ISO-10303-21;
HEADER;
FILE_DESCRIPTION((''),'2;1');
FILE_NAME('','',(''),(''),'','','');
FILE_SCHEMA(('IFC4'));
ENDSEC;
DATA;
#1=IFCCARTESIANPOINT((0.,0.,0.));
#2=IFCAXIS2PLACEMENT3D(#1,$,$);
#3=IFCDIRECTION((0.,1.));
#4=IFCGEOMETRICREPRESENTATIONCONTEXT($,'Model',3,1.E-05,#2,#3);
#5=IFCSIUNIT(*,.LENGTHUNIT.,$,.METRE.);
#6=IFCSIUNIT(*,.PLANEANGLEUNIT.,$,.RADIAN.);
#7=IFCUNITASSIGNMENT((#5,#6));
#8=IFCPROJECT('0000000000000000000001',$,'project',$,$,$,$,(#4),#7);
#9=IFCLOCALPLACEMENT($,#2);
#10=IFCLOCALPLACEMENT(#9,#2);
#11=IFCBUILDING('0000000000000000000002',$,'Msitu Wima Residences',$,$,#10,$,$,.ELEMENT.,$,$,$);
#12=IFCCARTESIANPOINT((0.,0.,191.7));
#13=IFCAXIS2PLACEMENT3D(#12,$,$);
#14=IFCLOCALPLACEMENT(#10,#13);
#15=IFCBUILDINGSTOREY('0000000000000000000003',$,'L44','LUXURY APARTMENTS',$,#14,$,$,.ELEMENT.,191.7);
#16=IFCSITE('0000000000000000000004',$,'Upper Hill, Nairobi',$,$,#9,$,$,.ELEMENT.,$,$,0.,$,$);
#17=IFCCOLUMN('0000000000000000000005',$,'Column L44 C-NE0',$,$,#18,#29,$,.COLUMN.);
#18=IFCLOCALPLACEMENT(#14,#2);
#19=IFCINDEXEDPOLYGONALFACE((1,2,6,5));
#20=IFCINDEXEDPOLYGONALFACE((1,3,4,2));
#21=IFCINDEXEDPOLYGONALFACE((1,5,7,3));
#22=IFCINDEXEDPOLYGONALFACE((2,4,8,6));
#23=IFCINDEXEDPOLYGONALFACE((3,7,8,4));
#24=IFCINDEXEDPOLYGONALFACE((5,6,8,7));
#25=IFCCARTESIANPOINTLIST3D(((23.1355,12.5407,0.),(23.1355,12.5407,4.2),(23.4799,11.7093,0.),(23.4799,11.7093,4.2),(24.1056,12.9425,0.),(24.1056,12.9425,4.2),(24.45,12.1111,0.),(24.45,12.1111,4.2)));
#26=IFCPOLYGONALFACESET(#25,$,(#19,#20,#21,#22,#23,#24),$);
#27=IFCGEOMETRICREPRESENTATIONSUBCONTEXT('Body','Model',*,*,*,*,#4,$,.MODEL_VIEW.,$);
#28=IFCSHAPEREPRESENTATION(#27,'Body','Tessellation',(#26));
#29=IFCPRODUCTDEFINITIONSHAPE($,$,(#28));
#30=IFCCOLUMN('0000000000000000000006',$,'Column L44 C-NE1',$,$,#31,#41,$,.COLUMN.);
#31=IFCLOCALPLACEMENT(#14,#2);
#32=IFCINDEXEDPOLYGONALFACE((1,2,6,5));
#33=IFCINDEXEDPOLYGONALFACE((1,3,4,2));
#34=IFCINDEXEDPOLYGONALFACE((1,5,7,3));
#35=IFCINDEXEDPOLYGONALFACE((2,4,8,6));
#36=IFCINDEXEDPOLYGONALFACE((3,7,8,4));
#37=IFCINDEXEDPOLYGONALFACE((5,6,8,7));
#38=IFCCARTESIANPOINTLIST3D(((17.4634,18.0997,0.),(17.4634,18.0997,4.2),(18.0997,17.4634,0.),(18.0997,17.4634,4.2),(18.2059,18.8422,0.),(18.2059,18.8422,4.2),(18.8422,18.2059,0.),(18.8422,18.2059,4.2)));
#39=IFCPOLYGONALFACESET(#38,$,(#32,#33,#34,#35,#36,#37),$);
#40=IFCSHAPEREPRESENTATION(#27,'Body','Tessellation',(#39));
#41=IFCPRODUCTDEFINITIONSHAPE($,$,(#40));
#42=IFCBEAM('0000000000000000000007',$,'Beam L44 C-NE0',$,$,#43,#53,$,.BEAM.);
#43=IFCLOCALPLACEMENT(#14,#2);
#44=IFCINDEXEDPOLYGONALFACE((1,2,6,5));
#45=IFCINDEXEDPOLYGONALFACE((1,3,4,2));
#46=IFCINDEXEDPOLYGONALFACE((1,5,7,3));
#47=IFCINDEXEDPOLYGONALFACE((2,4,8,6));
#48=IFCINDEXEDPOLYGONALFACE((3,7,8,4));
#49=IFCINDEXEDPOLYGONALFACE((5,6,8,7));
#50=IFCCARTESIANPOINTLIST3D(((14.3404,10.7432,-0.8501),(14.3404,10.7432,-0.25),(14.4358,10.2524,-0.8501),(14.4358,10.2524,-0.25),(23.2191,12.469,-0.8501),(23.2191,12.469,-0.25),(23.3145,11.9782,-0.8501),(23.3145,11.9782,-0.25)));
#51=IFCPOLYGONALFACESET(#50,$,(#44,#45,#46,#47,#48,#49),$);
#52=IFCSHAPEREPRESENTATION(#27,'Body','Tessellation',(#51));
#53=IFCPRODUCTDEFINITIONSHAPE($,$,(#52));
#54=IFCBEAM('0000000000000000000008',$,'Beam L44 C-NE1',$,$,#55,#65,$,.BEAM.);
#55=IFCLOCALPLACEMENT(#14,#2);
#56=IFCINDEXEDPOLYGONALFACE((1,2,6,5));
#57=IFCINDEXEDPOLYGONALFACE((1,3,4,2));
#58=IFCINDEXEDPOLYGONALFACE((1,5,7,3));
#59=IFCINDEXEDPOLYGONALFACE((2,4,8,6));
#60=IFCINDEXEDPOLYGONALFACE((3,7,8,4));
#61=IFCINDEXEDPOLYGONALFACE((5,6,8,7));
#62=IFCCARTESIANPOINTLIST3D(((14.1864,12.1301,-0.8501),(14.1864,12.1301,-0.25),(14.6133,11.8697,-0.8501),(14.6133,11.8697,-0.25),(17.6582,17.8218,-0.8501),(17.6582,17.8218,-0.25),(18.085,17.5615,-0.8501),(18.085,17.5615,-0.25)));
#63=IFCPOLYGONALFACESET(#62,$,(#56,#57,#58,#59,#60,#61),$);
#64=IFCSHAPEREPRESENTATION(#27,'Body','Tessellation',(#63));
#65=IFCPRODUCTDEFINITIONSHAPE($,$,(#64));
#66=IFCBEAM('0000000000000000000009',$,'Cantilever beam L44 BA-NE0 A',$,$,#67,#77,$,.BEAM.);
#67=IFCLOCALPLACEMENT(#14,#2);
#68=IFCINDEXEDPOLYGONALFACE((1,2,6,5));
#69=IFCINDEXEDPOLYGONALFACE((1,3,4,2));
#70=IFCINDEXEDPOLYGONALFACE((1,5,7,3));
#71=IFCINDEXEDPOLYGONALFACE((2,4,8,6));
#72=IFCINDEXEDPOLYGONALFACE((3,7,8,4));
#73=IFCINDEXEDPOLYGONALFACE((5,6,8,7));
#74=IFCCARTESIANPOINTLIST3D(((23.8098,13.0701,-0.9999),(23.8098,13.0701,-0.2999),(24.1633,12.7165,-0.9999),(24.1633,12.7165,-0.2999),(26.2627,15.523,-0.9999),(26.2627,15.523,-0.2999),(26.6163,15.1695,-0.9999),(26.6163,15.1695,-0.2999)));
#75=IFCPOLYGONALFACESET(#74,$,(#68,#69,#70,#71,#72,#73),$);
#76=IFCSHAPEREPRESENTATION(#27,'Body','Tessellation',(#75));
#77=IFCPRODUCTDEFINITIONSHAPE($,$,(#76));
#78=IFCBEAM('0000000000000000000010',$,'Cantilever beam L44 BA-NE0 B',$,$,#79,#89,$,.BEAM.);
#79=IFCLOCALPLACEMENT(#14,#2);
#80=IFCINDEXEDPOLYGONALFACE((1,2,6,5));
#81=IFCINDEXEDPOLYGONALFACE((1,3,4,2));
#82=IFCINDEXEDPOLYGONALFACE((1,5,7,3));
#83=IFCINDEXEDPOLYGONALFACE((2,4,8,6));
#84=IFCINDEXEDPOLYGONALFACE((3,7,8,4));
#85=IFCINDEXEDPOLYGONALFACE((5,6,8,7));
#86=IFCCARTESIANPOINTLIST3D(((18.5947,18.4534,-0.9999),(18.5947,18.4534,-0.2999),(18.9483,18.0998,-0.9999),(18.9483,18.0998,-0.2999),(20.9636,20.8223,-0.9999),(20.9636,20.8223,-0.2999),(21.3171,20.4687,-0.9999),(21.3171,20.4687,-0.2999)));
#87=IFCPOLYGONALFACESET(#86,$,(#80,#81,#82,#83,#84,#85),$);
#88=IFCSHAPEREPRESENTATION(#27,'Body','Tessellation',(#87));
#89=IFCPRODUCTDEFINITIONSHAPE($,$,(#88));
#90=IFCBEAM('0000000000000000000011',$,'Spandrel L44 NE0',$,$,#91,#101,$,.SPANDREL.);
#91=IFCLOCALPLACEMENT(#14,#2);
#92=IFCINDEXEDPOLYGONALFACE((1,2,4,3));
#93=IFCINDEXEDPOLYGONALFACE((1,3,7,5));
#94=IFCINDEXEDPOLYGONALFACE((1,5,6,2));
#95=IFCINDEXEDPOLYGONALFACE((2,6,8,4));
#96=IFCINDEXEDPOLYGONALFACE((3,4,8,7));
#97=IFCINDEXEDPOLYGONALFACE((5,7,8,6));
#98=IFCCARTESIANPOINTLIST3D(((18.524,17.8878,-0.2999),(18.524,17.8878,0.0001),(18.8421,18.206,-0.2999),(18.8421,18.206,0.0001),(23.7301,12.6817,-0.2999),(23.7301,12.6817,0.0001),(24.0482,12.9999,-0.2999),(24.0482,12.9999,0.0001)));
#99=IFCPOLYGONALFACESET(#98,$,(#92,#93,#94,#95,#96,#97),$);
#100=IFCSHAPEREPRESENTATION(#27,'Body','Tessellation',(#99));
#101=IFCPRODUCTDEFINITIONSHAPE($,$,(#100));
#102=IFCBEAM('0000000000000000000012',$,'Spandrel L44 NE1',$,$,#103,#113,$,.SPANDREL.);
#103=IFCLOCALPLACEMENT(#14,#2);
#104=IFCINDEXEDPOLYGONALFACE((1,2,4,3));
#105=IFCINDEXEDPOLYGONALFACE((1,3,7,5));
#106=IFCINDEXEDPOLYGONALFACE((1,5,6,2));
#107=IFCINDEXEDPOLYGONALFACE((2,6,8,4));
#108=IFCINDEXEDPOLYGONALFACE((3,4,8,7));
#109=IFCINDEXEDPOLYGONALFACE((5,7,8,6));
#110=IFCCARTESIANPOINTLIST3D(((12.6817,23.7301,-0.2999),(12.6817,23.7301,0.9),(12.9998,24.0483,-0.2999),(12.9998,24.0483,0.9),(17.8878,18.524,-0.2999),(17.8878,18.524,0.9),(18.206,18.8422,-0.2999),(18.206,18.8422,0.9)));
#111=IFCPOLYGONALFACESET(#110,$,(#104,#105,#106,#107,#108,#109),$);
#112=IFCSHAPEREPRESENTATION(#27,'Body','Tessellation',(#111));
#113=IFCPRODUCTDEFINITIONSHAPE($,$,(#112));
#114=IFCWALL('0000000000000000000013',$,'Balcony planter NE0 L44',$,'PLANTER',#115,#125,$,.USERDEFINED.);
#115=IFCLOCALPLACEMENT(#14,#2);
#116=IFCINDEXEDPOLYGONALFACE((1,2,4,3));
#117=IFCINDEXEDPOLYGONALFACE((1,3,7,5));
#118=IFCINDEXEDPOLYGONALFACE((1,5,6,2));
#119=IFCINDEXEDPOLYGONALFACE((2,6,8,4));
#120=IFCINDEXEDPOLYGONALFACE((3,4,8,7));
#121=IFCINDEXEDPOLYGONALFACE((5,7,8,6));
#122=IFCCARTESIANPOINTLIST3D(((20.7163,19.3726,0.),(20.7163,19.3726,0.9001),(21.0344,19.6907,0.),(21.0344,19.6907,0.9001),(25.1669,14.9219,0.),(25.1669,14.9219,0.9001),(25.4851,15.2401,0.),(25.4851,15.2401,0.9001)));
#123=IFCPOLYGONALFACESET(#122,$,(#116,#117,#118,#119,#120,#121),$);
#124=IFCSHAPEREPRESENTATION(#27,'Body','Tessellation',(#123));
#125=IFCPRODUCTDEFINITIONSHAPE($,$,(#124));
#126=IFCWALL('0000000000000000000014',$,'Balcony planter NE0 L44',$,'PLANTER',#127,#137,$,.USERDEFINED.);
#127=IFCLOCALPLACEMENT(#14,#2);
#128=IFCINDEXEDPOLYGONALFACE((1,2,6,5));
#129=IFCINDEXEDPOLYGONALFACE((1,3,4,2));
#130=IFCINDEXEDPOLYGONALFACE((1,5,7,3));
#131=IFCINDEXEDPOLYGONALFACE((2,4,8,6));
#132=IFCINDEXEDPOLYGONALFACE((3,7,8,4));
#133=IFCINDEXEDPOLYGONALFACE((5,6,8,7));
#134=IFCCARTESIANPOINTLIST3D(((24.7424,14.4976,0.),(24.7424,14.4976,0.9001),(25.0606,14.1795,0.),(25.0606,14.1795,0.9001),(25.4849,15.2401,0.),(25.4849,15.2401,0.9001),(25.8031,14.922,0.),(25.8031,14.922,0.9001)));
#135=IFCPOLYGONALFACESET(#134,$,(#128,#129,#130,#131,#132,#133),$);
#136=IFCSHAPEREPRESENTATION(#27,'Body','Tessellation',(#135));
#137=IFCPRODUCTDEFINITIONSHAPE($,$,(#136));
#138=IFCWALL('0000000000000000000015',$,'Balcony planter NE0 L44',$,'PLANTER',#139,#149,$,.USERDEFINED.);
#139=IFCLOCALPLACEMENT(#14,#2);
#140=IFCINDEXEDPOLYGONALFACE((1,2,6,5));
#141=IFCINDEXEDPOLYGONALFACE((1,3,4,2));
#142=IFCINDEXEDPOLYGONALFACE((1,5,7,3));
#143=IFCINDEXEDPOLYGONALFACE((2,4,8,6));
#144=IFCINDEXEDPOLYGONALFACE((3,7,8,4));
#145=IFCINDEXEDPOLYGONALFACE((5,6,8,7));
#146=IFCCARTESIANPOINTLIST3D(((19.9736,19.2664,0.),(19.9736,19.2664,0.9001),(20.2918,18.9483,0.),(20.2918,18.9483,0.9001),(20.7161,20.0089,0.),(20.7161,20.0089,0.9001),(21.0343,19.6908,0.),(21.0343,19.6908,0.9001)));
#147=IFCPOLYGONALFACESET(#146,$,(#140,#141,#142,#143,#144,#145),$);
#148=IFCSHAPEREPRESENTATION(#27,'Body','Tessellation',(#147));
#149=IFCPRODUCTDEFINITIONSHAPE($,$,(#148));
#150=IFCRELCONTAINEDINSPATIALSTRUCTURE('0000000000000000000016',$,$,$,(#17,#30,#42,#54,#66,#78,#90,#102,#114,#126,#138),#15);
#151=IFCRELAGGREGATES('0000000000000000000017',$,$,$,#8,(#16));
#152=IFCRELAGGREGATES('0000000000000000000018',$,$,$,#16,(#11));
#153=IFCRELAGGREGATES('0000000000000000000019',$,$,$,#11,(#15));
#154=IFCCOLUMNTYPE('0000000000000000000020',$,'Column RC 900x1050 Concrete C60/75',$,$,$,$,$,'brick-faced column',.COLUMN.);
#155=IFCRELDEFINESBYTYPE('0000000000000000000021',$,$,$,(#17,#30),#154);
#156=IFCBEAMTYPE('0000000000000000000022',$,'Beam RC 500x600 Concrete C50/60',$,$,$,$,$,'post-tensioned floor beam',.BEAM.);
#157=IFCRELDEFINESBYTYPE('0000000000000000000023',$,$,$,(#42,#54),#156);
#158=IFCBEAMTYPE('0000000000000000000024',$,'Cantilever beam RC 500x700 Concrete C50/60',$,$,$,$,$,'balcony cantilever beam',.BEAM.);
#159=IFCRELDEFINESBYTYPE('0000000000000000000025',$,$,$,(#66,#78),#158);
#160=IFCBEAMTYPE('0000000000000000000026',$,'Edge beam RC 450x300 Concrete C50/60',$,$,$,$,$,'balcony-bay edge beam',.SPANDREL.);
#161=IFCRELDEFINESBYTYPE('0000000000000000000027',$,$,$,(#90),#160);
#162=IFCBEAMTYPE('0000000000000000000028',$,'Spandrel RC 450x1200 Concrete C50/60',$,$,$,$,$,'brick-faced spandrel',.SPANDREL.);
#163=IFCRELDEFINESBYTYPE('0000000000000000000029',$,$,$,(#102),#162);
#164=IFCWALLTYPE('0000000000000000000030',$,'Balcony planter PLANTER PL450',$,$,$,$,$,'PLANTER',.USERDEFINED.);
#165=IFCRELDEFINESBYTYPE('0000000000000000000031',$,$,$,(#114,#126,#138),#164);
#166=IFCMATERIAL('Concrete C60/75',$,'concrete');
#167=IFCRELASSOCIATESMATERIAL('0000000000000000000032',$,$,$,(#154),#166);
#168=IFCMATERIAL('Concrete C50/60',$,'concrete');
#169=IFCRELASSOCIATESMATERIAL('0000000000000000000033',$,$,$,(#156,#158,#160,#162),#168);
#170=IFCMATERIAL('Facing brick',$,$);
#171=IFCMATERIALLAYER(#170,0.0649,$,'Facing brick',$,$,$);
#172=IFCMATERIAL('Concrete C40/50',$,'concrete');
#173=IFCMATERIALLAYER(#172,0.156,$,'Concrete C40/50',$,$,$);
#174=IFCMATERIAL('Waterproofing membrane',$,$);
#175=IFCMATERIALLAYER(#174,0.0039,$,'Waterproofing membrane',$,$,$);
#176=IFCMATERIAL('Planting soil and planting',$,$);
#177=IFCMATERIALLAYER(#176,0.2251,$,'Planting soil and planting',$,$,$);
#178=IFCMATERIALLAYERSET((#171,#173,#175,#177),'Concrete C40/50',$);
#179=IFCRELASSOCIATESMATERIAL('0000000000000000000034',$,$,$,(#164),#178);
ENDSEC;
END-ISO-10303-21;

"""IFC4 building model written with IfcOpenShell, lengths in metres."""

from ifc_helpers import new_model, si_unit, direction, frame, frame_2d, origin, origin_2d, place, context, subcontext, project, spatial, rectangle, extrude, material, layer, layer_set, material_profile, profile_set, type_object, element, save


model = new_model("IFC4")

# Units and contexts
model_context = context("Model", 3, precision=1e-05, world=origin(), true_north=direction((0.0, 1.0)))
body_context = subcontext(model_context, "Body", "Model", "MODEL_VIEW")
ifc_project = project(units=[si_unit("LENGTHUNIT", "METRE"), si_unit("PLANEANGLEUNIT", "RADIAN")], contexts=[model_context])

# Site, building, storey
site_placement = place(None, origin())
site = spatial("IfcSite", under=ifc_project, at=site_placement, Name="Upper Hill, Nairobi", CompositionType="ELEMENT", RefElevation=0.0)
building_placement = place(site_placement, origin())
building = spatial("IfcBuilding", under=site, at=building_placement, Name="Msitu Wima Residences", CompositionType="ELEMENT")
storey_placement = place(building_placement, frame((0.0, 0.0, 191.7)))
storey = spatial("IfcBuildingStorey", under=building, at=storey_placement, Name="L44", Description="LUXURY APARTMENTS", CompositionType="ELEMENT", Elevation=191.7)

# Columns
ifc_material_1 = material(Name="Concrete C60/75", Category="concrete")
ifc_material_profile_1 = material_profile(ifc_material_1, rectangle(XDim=0.8999, YDim=1.05, at=origin_2d()), Name="RC 900x1050")
ifc_profile_set_1 = profile_set([ifc_material_profile_1], Name="Concrete C60/75")
column_type = type_object("IfcColumnType", Name="Column RC 900x1050 Concrete C60/75", ElementType="brick-faced column", PredefinedType="COLUMN", material=ifc_profile_set_1)
for number, where, z_axis, x_axis, name in (
    (1, (23.7927, 12.3259, 0.0), (0.0, 0.0, 1.0), (-0.382683, 0.92388, 0.0), "Column L44 C-NE0"),
    (2, (18.1528, 18.1528, 0.0), (0.0, 0.0, 1.0), (-0.707107, 0.707107, 0.0), "Column L44 C-NE1"),
):
    element("IfcColumn", number, at=place(storey_placement, frame(where, z_axis=z_axis, x_axis=x_axis)), inside=storey, type_object=column_type, Name=name, PredefinedType="COLUMN", context=body_context, shape_type="SweptSolid", body=[
        extrude(rectangle(XDim=0.8999, YDim=1.05, at=origin_2d()), origin(), (0.0, 0.0, 1.0), 4.2),
    ])

# Beams
ifc_material_2 = material(Name="Concrete C50/60", Category="concrete")
ifc_material_profile_2 = material_profile(ifc_material_2, rectangle(XDim=0.5, YDim=0.6001, at=origin_2d()), Name="RC 500x600")
ifc_profile_set_2 = profile_set([ifc_material_profile_2], Name="Concrete C50/60")
beam_type_1 = type_object("IfcBeamType", Name="Beam RC 500x600 Concrete C50/60", ElementType="post-tensioned floor beam", PredefinedType="BEAM", material=ifc_profile_set_2)
beam_1_placement = place(storey_placement, frame((23.2668, 12.2236, -0.55), z_axis=(-0.981627, -0.190808, 0.0), x_axis=(0.190808, -0.981627, 0.0)))
element("IfcBeam", 3, at=beam_1_placement, inside=storey, type_object=beam_type_1, Name="Beam L44 C-NE0", PredefinedType="BEAM", context=body_context, shape_type="SweptSolid", body=[
    extrude(rectangle(XDim=0.5, YDim=0.6001, at=origin_2d()), origin(), (0.0, 0.0, 1.0), 9.0449),
])
beam_2_placement = place(storey_placement, frame((17.8716, 17.6917, -0.55), z_axis=(-0.520734, -0.853719, 0.0), x_axis=(0.853719, -0.520734, 0.0)))
element("IfcBeam", 4, at=beam_2_placement, inside=storey, type_object=beam_type_1, Name="Beam L44 C-NE1", PredefinedType="BEAM", context=body_context, shape_type="SweptSolid", body=[
    extrude(rectangle(XDim=0.5, YDim=0.6001, at=origin_2d()), origin(), (0.0, 0.0, 1.0), 6.667),
])
ifc_material_profile_3 = material_profile(ifc_material_2, rectangle(XDim=0.5, YDim=0.7, at=origin_2d()), Name="RC 500x700")
ifc_profile_set_3 = profile_set([ifc_material_profile_3], Name="Concrete C50/60")
beam_type_2 = type_object("IfcBeamType", Name="Cantilever beam RC 500x700 Concrete C50/60", ElementType="balcony cantilever beam", PredefinedType="BEAM", material=ifc_profile_set_3)
beam_3_placement = place(storey_placement, frame((23.9866, 12.8933, -0.6499), z_axis=(0.707107, 0.707107, 0.0), x_axis=(-0.707107, 0.707107, 0.0)))
element("IfcBeam", 5, at=beam_3_placement, inside=storey, type_object=beam_type_2, Name="Cantilever beam L44 BA-NE0 A", PredefinedType="BEAM", context=body_context, shape_type="SweptSolid", body=[
    extrude(rectangle(XDim=0.5, YDim=0.7, at=origin_2d()), origin(), (0.0, 0.0, 1.0), 3.469),
])
beam_4_placement = place(storey_placement, frame((18.7715, 18.2766, -0.6499), z_axis=(0.707107, 0.707107, 0.0), x_axis=(-0.707107, 0.707107, 0.0)))
element("IfcBeam", 6, at=beam_4_placement, inside=storey, type_object=beam_type_2, Name="Cantilever beam L44 BA-NE0 B", PredefinedType="BEAM", context=body_context, shape_type="SweptSolid", body=[
    extrude(rectangle(XDim=0.5, YDim=0.7, at=origin_2d()), origin(), (0.0, 0.0, 1.0), 3.3501),
])
ifc_material_profile_4 = material_profile(ifc_material_2, rectangle(XDim=0.45, YDim=0.3, at=origin_2d()), Name="RC 450x300")
ifc_profile_set_4 = profile_set([ifc_material_profile_4], Name="Concrete C50/60")
beam_type_3 = type_object("IfcBeamType", Name="Edge beam RC 450x300 Concrete C50/60", ElementType="balcony-bay edge beam", PredefinedType="SPANDREL", material=ifc_profile_set_4)
beam_5_placement = place(storey_placement, frame((23.8892, 12.8408, -0.1499), z_axis=(-0.707107, 0.707107, 0.0), x_axis=(-0.707107, -0.707107, 0.0)))
element("IfcBeam", 7, at=beam_5_placement, inside=storey, type_object=beam_type_3, Name="Spandrel L44 NE0", PredefinedType="SPANDREL", context=body_context, shape_type="SweptSolid", body=[
    extrude(rectangle(XDim=0.45, YDim=0.3, at=origin_2d()), origin(), (0.0, 0.0, 1.0), 7.3625),
])
ifc_material_profile_5 = material_profile(ifc_material_2, rectangle(XDim=0.45, YDim=1.2, at=origin_2d()), Name="RC 450x1200")
ifc_profile_set_5 = profile_set([ifc_material_profile_5], Name="Concrete C50/60")
beam_type_4 = type_object("IfcBeamType", Name="Spandrel RC 450x1200 Concrete C50/60", ElementType="brick-faced spandrel", PredefinedType="SPANDREL", material=ifc_profile_set_5)
beam_6_placement = place(storey_placement, frame((18.0469, 18.6831, 0.3), z_axis=(-0.707107, 0.707107, 0.0), x_axis=(-0.707107, -0.707107, 0.0)))
element("IfcBeam", 8, at=beam_6_placement, inside=storey, type_object=beam_type_4, Name="Spandrel L44 NE1", PredefinedType="SPANDREL", context=body_context, shape_type="SweptSolid", body=[
    extrude(rectangle(XDim=0.45, YDim=1.2, at=origin_2d()), origin(), (0.0, 0.0, 1.0), 7.3625),
])

# Walls
ifc_material_3 = material(Name="Facing brick")
ifc_layer_1 = layer(ifc_material_3, 0.0649, Name="Facing brick")
ifc_material_4 = material(Name="Concrete C40/50", Category="concrete")
ifc_layer_2 = layer(ifc_material_4, 0.156, Name="Concrete C40/50")
ifc_material_5 = material(Name="Waterproofing membrane")
ifc_layer_3 = layer(ifc_material_5, 0.0039, Name="Waterproofing membrane")
ifc_material_6 = material(Name="Planting soil and planting")
ifc_layer_4 = layer(ifc_material_6, 0.2251, Name="Planting soil and planting")
ifc_layer_set_1 = layer_set([ifc_layer_1, ifc_layer_2, ifc_layer_3, ifc_layer_4], Name="Concrete C40/50")
wall_type_1 = type_object("IfcWallType", Name="Balcony planter PLANTER PL450", ElementType="PLANTER", PredefinedType="USERDEFINED", material=ifc_layer_set_1)
wall_1_placement = place(storey_placement, frame((25.3259, 15.0811, 0.0), z_axis=(0.0, 0.0, 1.0), x_axis=(-0.707107, 0.707107, 0.0)))
element("IfcWall", 9, at=wall_1_placement, inside=storey, type_object=wall_type_1, Name="Balcony planter NE0 L44", ObjectType="PLANTER", PredefinedType="USERDEFINED", context=body_context, shape_type="SweptSolid", body=[
    extrude(rectangle(XDim=6.2942, YDim=0.45, at=frame_2d((3.147, 0.0))), origin(), (0.0, 0.0, 1.0), 0.9001),
])
for number, where, z_axis, x_axis, name in (
    (10, (24.9016, 14.3386, 0.0), (0.0, 0.0, 1.0), (0.707107, 0.707107, 0.0), "Balcony planter NE0 L44"),
    (11, (20.1328, 19.1074, 0.0), (0.0, 0.0, 1.0), (0.707107, 0.707107, 0.0), "Balcony planter NE0 L44"),
):
    element("IfcWall", number, at=place(storey_placement, frame(where, z_axis=z_axis, x_axis=x_axis)), inside=storey, type_object=wall_type_1, Name=name, ObjectType="PLANTER", PredefinedType="USERDEFINED", context=body_context, shape_type="SweptSolid", body=[
        extrude(rectangle(XDim=1.05, YDim=0.45, at=frame_2d((0.5249, 0.0))), origin(), (0.0, 0.0, 1.0), 0.9001),
    ])

save(model, "model.ifc")
